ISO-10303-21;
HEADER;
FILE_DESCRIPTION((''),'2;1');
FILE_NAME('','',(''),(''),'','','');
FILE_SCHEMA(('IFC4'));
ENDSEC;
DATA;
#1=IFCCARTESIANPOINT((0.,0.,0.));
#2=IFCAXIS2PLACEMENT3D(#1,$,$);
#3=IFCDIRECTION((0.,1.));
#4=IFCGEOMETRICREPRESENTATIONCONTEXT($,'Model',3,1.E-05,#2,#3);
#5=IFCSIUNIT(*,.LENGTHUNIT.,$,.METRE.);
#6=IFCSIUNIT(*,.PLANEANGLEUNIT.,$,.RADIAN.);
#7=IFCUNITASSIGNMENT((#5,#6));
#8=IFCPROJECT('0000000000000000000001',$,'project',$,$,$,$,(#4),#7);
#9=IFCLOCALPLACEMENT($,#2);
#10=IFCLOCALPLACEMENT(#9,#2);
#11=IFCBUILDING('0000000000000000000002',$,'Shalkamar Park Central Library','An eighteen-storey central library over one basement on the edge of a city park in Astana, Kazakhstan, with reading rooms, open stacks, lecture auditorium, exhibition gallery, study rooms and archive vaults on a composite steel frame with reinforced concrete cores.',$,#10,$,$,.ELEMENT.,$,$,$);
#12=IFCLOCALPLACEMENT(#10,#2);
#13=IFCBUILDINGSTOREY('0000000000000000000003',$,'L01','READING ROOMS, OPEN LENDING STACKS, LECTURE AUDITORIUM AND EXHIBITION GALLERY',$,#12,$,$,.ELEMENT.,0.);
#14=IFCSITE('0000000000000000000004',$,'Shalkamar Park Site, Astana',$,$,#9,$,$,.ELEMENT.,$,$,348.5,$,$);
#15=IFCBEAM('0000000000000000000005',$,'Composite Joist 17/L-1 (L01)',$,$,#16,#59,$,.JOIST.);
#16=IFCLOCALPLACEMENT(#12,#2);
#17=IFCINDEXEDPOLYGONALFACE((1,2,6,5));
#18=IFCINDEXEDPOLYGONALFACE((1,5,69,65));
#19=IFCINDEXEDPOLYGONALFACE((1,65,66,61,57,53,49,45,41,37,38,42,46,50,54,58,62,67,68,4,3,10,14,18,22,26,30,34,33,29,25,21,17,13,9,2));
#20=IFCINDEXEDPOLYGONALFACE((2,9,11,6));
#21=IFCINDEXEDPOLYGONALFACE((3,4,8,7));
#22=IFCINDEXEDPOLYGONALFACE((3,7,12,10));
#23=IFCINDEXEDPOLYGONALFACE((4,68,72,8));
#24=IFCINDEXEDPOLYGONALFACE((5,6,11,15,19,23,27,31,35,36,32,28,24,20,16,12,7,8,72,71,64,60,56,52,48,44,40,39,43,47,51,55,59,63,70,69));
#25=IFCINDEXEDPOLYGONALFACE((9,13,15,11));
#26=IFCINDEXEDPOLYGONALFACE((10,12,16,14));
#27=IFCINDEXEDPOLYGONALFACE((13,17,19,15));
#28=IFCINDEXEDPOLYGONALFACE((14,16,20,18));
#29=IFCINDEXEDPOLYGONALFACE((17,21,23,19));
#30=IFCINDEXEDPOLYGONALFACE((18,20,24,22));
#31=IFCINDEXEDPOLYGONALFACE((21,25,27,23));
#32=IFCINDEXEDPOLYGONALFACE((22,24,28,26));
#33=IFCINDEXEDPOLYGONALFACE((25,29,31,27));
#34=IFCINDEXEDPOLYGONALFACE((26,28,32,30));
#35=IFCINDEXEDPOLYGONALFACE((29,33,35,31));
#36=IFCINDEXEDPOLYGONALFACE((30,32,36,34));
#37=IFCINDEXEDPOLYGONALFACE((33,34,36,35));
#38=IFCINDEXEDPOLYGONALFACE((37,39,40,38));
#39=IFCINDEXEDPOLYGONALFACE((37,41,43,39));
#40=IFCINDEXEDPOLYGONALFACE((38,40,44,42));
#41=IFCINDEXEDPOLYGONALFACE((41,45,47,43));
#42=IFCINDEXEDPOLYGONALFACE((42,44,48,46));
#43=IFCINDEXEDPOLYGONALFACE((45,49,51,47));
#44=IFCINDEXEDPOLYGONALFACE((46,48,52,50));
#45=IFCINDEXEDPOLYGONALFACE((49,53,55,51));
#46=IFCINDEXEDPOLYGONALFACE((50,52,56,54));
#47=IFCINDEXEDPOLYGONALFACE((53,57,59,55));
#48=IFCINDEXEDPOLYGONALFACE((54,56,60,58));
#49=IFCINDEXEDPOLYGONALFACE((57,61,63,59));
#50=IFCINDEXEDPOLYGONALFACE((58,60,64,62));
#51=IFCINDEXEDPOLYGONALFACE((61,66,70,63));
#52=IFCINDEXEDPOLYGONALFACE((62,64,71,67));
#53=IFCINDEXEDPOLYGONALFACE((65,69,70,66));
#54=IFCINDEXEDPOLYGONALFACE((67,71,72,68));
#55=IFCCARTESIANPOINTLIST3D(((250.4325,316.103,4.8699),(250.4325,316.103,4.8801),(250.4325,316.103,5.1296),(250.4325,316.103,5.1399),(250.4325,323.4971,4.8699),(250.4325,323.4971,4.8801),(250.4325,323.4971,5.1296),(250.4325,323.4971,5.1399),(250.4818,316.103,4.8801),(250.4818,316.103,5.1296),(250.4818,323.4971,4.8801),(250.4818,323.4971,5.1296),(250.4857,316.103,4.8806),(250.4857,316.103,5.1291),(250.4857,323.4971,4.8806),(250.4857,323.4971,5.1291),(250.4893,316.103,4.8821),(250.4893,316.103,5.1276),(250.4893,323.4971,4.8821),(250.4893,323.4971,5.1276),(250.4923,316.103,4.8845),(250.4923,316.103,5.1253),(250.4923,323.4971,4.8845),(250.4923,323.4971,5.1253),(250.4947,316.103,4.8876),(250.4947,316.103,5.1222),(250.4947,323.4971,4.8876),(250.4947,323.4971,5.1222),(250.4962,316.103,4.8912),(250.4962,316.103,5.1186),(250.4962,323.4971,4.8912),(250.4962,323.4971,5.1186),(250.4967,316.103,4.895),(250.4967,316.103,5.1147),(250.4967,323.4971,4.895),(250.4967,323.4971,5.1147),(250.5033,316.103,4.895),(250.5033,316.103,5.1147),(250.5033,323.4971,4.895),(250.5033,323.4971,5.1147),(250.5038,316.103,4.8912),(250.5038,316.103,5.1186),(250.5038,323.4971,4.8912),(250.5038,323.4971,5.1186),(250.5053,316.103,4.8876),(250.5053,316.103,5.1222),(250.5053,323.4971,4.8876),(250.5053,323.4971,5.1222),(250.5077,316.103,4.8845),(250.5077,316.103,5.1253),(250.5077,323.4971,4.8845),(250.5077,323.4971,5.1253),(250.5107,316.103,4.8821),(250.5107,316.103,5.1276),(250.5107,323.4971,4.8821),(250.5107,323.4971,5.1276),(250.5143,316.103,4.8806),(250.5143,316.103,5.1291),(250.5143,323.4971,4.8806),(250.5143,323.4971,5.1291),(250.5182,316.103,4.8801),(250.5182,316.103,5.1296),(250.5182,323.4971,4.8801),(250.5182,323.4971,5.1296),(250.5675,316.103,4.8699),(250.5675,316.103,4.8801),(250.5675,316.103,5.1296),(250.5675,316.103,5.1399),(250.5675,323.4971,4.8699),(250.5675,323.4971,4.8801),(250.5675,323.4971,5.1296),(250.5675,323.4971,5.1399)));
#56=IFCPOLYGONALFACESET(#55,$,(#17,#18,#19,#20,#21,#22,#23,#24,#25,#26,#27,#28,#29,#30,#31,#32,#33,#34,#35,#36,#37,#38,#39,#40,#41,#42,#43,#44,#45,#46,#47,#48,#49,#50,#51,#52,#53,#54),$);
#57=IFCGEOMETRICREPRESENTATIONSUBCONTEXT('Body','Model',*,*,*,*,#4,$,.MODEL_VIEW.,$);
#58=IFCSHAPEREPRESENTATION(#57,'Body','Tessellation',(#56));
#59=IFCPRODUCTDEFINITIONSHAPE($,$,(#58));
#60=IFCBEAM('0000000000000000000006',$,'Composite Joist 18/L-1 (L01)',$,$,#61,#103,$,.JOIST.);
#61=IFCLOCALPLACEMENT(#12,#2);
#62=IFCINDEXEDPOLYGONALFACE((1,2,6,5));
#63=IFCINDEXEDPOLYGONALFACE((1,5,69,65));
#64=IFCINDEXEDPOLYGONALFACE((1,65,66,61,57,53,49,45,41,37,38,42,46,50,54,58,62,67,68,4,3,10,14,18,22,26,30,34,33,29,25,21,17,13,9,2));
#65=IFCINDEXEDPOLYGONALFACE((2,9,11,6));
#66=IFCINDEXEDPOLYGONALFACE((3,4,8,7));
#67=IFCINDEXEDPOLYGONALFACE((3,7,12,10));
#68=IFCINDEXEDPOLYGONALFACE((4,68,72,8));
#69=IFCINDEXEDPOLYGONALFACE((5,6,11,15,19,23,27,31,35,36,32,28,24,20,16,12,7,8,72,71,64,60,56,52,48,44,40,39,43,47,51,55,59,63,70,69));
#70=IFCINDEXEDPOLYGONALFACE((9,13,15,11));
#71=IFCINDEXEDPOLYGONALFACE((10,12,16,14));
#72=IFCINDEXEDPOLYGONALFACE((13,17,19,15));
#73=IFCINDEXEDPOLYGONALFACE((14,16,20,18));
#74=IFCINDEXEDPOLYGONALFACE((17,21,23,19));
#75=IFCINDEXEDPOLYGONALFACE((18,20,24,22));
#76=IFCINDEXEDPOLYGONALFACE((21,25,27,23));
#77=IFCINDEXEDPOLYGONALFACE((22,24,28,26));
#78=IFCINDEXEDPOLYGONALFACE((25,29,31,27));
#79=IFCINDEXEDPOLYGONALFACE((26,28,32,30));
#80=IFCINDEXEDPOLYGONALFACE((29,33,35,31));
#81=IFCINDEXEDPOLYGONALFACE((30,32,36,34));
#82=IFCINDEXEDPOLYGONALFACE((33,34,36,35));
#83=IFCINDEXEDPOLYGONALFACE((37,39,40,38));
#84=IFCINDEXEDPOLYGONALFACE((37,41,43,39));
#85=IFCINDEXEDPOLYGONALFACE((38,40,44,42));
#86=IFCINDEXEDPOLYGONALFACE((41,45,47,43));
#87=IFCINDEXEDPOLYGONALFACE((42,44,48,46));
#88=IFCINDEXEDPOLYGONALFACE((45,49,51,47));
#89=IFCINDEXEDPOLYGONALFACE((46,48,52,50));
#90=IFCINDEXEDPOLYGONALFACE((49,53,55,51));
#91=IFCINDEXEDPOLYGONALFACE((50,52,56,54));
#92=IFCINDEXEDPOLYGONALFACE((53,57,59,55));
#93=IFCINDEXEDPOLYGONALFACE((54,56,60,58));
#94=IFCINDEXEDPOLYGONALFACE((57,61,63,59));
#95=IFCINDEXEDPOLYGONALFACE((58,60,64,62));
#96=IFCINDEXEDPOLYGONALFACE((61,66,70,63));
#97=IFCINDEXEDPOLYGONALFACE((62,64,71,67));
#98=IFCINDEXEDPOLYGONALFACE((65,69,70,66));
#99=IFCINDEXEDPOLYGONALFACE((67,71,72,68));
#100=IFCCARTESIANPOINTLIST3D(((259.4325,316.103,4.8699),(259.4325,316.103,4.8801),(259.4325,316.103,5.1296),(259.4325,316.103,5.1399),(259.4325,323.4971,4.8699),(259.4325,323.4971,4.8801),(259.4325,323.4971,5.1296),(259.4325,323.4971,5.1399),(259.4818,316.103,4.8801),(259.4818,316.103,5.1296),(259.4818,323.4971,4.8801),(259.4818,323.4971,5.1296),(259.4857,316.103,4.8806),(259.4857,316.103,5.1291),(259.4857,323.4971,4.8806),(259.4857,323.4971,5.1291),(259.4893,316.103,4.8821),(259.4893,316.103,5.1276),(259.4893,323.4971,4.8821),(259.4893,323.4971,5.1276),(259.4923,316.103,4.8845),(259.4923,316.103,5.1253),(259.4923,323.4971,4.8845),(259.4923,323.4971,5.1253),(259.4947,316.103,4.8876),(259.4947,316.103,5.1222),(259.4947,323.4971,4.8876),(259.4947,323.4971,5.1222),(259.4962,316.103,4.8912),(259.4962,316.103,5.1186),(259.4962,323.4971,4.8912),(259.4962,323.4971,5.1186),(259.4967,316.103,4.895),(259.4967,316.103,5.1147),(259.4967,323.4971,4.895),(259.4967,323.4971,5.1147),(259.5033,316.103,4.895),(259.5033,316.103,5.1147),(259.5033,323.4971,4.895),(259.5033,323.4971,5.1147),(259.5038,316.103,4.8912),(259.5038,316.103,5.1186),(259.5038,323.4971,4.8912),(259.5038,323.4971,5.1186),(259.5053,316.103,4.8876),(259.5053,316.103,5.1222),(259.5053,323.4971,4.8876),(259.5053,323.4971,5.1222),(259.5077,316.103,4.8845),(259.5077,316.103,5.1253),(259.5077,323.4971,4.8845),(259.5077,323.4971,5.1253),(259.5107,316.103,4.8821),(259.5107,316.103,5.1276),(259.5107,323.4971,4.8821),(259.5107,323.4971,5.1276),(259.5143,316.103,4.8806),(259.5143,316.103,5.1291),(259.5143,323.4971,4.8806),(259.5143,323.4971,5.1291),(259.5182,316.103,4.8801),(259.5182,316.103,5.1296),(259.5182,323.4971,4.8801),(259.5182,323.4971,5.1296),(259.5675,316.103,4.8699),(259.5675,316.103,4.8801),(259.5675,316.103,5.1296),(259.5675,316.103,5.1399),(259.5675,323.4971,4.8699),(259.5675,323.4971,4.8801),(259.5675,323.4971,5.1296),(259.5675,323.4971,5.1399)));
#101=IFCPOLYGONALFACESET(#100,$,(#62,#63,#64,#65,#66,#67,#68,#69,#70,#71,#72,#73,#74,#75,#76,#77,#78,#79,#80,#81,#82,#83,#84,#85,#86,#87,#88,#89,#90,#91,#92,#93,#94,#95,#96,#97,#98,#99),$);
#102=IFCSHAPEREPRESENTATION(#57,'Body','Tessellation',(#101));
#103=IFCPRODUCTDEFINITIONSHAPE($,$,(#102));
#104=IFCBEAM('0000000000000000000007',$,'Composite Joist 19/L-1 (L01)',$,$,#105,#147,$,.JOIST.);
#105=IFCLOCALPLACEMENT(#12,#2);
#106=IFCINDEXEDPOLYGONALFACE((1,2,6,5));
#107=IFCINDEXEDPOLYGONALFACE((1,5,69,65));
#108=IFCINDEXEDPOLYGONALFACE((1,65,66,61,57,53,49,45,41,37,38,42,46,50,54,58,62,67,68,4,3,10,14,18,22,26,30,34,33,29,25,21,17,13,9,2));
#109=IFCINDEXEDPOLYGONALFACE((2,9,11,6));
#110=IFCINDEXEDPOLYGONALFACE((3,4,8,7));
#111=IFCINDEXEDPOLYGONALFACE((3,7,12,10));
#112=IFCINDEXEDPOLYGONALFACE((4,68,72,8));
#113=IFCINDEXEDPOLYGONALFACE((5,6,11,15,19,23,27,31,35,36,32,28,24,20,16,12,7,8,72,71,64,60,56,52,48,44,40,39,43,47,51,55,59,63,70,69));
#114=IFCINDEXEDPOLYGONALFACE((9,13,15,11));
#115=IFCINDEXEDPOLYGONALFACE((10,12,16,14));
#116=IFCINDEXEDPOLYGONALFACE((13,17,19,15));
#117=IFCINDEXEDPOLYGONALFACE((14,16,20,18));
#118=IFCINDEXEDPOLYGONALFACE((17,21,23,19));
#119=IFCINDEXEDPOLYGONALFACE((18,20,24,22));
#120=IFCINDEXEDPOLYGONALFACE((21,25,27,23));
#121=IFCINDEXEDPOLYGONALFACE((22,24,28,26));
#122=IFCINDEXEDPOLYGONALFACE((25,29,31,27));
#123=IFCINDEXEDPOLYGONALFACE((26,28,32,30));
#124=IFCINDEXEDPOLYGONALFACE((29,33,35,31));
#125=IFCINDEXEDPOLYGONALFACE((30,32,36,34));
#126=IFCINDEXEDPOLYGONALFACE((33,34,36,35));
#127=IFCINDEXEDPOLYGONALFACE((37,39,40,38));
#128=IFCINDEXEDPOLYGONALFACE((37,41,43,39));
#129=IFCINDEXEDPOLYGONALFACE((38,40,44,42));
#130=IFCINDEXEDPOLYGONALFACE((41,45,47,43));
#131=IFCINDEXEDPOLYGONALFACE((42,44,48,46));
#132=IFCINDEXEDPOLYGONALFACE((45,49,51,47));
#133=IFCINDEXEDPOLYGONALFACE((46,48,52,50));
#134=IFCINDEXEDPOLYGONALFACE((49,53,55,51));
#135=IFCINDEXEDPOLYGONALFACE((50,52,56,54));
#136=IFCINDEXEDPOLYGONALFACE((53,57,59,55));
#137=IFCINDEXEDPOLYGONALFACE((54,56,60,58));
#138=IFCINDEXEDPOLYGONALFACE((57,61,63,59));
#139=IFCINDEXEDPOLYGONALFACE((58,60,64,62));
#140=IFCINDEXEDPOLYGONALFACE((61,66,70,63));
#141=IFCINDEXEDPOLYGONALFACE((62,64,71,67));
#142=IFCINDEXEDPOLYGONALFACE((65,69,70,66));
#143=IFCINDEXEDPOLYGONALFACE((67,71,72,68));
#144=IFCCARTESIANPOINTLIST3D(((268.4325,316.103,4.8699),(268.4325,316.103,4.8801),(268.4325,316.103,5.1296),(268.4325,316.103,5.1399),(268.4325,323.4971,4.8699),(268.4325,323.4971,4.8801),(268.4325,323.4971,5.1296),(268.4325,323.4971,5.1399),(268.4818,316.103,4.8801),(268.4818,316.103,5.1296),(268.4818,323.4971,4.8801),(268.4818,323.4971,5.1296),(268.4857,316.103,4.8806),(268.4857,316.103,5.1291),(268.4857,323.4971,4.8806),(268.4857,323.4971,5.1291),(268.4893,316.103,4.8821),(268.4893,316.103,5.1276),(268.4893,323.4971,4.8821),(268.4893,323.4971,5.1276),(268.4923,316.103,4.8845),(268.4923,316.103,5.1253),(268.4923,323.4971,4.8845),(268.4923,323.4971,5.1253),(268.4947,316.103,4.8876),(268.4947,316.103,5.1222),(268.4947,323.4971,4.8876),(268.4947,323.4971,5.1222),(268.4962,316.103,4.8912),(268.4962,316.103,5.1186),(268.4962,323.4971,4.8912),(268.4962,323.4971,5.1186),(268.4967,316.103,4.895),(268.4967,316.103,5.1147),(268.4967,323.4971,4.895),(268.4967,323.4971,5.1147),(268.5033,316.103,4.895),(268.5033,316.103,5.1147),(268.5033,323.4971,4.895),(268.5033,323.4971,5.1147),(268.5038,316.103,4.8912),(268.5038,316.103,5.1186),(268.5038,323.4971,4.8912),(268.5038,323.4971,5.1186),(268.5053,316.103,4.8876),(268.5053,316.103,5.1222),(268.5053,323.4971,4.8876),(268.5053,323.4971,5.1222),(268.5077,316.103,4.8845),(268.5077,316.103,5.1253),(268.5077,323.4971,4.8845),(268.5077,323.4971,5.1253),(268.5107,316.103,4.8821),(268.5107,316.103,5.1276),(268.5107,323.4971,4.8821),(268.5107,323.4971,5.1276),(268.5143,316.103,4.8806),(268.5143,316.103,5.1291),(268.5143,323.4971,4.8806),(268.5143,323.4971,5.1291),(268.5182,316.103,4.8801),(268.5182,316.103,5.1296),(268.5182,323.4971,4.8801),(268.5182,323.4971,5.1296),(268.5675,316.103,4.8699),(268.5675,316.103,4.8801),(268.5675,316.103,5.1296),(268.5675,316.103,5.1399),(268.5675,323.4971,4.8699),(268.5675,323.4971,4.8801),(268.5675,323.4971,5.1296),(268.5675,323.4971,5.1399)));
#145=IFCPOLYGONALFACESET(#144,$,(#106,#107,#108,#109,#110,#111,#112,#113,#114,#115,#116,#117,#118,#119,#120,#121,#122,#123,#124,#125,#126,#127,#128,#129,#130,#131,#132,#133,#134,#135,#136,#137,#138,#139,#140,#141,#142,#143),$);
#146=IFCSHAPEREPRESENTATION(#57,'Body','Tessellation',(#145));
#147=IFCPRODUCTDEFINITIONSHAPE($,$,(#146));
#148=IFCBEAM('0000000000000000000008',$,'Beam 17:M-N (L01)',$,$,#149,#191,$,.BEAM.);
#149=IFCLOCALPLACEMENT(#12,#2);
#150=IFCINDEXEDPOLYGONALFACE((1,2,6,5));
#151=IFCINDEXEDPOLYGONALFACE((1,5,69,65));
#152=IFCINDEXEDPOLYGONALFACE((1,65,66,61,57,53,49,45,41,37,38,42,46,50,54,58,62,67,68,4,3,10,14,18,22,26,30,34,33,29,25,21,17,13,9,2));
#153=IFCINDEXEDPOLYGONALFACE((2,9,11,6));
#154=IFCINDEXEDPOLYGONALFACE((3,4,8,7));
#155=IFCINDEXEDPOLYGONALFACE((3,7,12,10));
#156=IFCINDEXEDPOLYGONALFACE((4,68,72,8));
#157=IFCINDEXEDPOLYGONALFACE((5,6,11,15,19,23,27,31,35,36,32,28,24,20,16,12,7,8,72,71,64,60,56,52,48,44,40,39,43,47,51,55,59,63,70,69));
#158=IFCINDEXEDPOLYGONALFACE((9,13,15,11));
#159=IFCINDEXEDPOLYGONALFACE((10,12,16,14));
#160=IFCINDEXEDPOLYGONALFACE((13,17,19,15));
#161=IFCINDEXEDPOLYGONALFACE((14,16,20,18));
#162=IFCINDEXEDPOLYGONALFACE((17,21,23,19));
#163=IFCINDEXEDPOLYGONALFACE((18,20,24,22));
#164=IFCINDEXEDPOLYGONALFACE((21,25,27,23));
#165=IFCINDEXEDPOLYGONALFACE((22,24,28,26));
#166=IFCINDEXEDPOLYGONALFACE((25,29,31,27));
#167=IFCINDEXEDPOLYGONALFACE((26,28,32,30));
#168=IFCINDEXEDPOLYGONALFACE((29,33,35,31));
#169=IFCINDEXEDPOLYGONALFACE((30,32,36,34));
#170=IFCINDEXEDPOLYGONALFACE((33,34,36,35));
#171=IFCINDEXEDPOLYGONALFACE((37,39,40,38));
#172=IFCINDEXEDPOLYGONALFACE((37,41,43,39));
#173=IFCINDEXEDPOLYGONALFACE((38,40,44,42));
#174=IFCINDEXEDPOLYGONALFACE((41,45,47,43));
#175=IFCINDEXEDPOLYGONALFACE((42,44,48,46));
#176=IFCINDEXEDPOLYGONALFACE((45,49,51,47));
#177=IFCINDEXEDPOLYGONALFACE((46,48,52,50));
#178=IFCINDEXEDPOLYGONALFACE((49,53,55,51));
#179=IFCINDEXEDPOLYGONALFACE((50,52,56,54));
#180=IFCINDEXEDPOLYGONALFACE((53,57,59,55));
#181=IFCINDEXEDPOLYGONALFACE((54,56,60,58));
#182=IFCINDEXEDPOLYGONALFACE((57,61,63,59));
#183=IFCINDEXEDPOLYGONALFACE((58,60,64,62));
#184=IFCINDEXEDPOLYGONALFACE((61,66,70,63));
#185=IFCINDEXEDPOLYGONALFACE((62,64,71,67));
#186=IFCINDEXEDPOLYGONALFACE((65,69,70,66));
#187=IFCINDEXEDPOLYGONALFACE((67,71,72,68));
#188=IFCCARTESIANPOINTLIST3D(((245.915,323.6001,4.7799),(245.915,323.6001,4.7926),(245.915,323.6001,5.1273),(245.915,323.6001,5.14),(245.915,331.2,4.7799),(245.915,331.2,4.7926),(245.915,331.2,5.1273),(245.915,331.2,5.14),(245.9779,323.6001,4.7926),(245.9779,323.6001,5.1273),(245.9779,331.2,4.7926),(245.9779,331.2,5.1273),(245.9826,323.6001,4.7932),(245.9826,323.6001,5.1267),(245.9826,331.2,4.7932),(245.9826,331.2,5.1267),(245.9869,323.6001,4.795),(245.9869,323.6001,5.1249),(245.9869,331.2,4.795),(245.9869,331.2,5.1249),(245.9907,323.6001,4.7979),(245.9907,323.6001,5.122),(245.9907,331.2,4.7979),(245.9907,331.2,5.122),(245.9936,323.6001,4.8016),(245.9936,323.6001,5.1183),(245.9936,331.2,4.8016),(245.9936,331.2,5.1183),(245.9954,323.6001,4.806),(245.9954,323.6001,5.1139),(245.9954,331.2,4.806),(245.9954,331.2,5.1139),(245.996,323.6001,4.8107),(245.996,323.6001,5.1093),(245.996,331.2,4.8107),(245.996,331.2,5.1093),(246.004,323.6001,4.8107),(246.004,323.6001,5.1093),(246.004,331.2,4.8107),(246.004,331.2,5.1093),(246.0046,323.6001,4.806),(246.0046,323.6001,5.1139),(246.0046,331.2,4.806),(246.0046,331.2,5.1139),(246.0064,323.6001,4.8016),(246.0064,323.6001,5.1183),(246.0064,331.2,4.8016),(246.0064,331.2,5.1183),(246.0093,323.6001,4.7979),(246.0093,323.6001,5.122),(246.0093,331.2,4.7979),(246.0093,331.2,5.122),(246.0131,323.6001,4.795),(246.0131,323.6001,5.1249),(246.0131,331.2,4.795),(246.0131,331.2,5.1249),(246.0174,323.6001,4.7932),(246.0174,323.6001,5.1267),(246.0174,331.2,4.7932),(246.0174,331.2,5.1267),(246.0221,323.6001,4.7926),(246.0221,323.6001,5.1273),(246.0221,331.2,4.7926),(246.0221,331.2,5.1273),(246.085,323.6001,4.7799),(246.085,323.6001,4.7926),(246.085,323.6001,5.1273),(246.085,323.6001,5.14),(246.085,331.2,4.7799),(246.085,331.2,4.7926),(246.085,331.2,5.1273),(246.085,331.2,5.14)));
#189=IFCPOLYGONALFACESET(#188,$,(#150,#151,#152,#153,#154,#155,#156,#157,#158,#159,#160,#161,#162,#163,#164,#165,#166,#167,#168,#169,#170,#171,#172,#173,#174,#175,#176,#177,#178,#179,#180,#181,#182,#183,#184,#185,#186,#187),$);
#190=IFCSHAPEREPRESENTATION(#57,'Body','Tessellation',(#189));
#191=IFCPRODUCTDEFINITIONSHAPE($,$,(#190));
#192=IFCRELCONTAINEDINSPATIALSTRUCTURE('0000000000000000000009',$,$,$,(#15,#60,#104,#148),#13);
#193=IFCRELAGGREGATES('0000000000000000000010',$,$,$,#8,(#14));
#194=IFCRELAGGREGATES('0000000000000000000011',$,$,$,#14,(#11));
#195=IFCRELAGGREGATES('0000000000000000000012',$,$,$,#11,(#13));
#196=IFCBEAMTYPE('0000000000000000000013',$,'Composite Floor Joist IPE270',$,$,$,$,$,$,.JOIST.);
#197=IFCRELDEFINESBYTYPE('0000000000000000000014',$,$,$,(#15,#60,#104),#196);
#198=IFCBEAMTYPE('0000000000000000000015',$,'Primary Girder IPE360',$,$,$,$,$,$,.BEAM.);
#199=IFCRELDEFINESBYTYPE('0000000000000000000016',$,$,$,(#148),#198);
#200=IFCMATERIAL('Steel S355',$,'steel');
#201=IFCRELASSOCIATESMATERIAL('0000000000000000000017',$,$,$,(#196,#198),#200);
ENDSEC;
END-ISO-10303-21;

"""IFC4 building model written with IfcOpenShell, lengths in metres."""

from ifc_helpers import new_model, si_unit, direction, frame, origin, origin_2d, place, context, subcontext, project, spatial, i_section, extrude, material, material_profile, profile_set, type_object, element, save


model = new_model("IFC4")

# Units and contexts
model_context = context("Model", 3, precision=1e-05, world=origin(), true_north=direction((0.0, 1.0)))
body_context = subcontext(model_context, "Body", "Model", "MODEL_VIEW")
ifc_project = project(units=[si_unit("LENGTHUNIT", "METRE"), si_unit("PLANEANGLEUNIT", "RADIAN")], contexts=[model_context])

# Site, building, storey
site_placement = place(None, origin())
site = spatial("IfcSite", under=ifc_project, at=site_placement, Name="Shalkamar Park Site, Astana", CompositionType="ELEMENT", RefElevation=348.5)
building_placement = place(site_placement, origin())
building = spatial("IfcBuilding", under=site, at=building_placement, Name="Shalkamar Park Central Library", Description="An eighteen-storey central library over one basement on the edge of a city park in Astana, Kazakhstan, with reading rooms, open stacks, lecture auditorium, exhibition gallery, study rooms and archive vaults on a composite steel frame with reinforced concrete cores.", CompositionType="ELEMENT")
storey_placement = place(building_placement, origin())
storey = spatial("IfcBuildingStorey", under=building, at=storey_placement, Name="L01", Description="READING ROOMS, OPEN LENDING STACKS, LECTURE AUDITORIUM AND EXHIBITION GALLERY", CompositionType="ELEMENT", Elevation=0.0)

# Shared definitions
ifc_material_1 = material(Name="Steel S355", Category="steel")

# Beams
ifc_material_profile_1 = material_profile(ifc_material_1, i_section(OverallWidth=0.135, OverallDepth=0.27, WebThickness=0.0066, FlangeThickness=0.0103, FilletRadius=0.0149, at=origin_2d()), Name="IPE 270")
ifc_profile_set_1 = profile_set([ifc_material_profile_1], Name="Steel S355")
beam_type_1 = type_object("IfcBeamType", Name="Composite Floor Joist IPE270", PredefinedType="JOIST", material=ifc_profile_set_1)
for number, where, z_axis, x_axis, name in (
    (1, (250.5, 316.103, 5.0049), (0.0, 1.0, 0.0), (-1.0, 0.0, 0.0), "Composite Joist 17/L-1 (L01)"),
    (2, (259.5, 316.103, 5.0049), (0.0, 1.0, 0.0), (-1.0, 0.0, 0.0), "Composite Joist 18/L-1 (L01)"),
    (3, (268.5, 316.103, 5.0049), (0.0, 1.0, 0.0), (-1.0, 0.0, 0.0), "Composite Joist 19/L-1 (L01)"),
):
    element("IfcBeam", number, at=place(storey_placement, frame(where, z_axis=z_axis, x_axis=x_axis)), inside=storey, type_object=beam_type_1, Name=name, PredefinedType="JOIST", context=body_context, shape_type="SweptSolid", body=[
        extrude(i_section(OverallWidth=0.135, OverallDepth=0.27, WebThickness=0.0066, FlangeThickness=0.0103, FilletRadius=0.0149, at=origin_2d()), origin(), (0.0, 0.0, 1.0), 7.394),
    ])
ifc_material_profile_2 = material_profile(ifc_material_1, i_section(OverallWidth=0.1699, OverallDepth=0.3601, WebThickness=0.0081, FlangeThickness=0.0127, FilletRadius=0.0181, at=origin_2d()), Name="IPE 360")
ifc_profile_set_2 = profile_set([ifc_material_profile_2], Name="Steel S355")
beam_type_2 = type_object("IfcBeamType", Name="Primary Girder IPE360", PredefinedType="BEAM", material=ifc_profile_set_2)
beam_1_placement = place(storey_placement, frame((246.0, 323.6001, 4.96), z_axis=(0.0, 1.0, 0.0), x_axis=(-1.0, 0.0, 0.0)))
element("IfcBeam", 4, at=beam_1_placement, inside=storey, type_object=beam_type_2, Name="Beam 17:M-N (L01)", PredefinedType="BEAM", context=body_context, shape_type="SweptSolid", body=[
    extrude(i_section(OverallWidth=0.1699, OverallDepth=0.3601, WebThickness=0.0081, FlangeThickness=0.0127, FilletRadius=0.0181, at=origin_2d()), origin(), (0.0, 0.0, 1.0), 7.5999),
])

save(model, "model.ifc")
